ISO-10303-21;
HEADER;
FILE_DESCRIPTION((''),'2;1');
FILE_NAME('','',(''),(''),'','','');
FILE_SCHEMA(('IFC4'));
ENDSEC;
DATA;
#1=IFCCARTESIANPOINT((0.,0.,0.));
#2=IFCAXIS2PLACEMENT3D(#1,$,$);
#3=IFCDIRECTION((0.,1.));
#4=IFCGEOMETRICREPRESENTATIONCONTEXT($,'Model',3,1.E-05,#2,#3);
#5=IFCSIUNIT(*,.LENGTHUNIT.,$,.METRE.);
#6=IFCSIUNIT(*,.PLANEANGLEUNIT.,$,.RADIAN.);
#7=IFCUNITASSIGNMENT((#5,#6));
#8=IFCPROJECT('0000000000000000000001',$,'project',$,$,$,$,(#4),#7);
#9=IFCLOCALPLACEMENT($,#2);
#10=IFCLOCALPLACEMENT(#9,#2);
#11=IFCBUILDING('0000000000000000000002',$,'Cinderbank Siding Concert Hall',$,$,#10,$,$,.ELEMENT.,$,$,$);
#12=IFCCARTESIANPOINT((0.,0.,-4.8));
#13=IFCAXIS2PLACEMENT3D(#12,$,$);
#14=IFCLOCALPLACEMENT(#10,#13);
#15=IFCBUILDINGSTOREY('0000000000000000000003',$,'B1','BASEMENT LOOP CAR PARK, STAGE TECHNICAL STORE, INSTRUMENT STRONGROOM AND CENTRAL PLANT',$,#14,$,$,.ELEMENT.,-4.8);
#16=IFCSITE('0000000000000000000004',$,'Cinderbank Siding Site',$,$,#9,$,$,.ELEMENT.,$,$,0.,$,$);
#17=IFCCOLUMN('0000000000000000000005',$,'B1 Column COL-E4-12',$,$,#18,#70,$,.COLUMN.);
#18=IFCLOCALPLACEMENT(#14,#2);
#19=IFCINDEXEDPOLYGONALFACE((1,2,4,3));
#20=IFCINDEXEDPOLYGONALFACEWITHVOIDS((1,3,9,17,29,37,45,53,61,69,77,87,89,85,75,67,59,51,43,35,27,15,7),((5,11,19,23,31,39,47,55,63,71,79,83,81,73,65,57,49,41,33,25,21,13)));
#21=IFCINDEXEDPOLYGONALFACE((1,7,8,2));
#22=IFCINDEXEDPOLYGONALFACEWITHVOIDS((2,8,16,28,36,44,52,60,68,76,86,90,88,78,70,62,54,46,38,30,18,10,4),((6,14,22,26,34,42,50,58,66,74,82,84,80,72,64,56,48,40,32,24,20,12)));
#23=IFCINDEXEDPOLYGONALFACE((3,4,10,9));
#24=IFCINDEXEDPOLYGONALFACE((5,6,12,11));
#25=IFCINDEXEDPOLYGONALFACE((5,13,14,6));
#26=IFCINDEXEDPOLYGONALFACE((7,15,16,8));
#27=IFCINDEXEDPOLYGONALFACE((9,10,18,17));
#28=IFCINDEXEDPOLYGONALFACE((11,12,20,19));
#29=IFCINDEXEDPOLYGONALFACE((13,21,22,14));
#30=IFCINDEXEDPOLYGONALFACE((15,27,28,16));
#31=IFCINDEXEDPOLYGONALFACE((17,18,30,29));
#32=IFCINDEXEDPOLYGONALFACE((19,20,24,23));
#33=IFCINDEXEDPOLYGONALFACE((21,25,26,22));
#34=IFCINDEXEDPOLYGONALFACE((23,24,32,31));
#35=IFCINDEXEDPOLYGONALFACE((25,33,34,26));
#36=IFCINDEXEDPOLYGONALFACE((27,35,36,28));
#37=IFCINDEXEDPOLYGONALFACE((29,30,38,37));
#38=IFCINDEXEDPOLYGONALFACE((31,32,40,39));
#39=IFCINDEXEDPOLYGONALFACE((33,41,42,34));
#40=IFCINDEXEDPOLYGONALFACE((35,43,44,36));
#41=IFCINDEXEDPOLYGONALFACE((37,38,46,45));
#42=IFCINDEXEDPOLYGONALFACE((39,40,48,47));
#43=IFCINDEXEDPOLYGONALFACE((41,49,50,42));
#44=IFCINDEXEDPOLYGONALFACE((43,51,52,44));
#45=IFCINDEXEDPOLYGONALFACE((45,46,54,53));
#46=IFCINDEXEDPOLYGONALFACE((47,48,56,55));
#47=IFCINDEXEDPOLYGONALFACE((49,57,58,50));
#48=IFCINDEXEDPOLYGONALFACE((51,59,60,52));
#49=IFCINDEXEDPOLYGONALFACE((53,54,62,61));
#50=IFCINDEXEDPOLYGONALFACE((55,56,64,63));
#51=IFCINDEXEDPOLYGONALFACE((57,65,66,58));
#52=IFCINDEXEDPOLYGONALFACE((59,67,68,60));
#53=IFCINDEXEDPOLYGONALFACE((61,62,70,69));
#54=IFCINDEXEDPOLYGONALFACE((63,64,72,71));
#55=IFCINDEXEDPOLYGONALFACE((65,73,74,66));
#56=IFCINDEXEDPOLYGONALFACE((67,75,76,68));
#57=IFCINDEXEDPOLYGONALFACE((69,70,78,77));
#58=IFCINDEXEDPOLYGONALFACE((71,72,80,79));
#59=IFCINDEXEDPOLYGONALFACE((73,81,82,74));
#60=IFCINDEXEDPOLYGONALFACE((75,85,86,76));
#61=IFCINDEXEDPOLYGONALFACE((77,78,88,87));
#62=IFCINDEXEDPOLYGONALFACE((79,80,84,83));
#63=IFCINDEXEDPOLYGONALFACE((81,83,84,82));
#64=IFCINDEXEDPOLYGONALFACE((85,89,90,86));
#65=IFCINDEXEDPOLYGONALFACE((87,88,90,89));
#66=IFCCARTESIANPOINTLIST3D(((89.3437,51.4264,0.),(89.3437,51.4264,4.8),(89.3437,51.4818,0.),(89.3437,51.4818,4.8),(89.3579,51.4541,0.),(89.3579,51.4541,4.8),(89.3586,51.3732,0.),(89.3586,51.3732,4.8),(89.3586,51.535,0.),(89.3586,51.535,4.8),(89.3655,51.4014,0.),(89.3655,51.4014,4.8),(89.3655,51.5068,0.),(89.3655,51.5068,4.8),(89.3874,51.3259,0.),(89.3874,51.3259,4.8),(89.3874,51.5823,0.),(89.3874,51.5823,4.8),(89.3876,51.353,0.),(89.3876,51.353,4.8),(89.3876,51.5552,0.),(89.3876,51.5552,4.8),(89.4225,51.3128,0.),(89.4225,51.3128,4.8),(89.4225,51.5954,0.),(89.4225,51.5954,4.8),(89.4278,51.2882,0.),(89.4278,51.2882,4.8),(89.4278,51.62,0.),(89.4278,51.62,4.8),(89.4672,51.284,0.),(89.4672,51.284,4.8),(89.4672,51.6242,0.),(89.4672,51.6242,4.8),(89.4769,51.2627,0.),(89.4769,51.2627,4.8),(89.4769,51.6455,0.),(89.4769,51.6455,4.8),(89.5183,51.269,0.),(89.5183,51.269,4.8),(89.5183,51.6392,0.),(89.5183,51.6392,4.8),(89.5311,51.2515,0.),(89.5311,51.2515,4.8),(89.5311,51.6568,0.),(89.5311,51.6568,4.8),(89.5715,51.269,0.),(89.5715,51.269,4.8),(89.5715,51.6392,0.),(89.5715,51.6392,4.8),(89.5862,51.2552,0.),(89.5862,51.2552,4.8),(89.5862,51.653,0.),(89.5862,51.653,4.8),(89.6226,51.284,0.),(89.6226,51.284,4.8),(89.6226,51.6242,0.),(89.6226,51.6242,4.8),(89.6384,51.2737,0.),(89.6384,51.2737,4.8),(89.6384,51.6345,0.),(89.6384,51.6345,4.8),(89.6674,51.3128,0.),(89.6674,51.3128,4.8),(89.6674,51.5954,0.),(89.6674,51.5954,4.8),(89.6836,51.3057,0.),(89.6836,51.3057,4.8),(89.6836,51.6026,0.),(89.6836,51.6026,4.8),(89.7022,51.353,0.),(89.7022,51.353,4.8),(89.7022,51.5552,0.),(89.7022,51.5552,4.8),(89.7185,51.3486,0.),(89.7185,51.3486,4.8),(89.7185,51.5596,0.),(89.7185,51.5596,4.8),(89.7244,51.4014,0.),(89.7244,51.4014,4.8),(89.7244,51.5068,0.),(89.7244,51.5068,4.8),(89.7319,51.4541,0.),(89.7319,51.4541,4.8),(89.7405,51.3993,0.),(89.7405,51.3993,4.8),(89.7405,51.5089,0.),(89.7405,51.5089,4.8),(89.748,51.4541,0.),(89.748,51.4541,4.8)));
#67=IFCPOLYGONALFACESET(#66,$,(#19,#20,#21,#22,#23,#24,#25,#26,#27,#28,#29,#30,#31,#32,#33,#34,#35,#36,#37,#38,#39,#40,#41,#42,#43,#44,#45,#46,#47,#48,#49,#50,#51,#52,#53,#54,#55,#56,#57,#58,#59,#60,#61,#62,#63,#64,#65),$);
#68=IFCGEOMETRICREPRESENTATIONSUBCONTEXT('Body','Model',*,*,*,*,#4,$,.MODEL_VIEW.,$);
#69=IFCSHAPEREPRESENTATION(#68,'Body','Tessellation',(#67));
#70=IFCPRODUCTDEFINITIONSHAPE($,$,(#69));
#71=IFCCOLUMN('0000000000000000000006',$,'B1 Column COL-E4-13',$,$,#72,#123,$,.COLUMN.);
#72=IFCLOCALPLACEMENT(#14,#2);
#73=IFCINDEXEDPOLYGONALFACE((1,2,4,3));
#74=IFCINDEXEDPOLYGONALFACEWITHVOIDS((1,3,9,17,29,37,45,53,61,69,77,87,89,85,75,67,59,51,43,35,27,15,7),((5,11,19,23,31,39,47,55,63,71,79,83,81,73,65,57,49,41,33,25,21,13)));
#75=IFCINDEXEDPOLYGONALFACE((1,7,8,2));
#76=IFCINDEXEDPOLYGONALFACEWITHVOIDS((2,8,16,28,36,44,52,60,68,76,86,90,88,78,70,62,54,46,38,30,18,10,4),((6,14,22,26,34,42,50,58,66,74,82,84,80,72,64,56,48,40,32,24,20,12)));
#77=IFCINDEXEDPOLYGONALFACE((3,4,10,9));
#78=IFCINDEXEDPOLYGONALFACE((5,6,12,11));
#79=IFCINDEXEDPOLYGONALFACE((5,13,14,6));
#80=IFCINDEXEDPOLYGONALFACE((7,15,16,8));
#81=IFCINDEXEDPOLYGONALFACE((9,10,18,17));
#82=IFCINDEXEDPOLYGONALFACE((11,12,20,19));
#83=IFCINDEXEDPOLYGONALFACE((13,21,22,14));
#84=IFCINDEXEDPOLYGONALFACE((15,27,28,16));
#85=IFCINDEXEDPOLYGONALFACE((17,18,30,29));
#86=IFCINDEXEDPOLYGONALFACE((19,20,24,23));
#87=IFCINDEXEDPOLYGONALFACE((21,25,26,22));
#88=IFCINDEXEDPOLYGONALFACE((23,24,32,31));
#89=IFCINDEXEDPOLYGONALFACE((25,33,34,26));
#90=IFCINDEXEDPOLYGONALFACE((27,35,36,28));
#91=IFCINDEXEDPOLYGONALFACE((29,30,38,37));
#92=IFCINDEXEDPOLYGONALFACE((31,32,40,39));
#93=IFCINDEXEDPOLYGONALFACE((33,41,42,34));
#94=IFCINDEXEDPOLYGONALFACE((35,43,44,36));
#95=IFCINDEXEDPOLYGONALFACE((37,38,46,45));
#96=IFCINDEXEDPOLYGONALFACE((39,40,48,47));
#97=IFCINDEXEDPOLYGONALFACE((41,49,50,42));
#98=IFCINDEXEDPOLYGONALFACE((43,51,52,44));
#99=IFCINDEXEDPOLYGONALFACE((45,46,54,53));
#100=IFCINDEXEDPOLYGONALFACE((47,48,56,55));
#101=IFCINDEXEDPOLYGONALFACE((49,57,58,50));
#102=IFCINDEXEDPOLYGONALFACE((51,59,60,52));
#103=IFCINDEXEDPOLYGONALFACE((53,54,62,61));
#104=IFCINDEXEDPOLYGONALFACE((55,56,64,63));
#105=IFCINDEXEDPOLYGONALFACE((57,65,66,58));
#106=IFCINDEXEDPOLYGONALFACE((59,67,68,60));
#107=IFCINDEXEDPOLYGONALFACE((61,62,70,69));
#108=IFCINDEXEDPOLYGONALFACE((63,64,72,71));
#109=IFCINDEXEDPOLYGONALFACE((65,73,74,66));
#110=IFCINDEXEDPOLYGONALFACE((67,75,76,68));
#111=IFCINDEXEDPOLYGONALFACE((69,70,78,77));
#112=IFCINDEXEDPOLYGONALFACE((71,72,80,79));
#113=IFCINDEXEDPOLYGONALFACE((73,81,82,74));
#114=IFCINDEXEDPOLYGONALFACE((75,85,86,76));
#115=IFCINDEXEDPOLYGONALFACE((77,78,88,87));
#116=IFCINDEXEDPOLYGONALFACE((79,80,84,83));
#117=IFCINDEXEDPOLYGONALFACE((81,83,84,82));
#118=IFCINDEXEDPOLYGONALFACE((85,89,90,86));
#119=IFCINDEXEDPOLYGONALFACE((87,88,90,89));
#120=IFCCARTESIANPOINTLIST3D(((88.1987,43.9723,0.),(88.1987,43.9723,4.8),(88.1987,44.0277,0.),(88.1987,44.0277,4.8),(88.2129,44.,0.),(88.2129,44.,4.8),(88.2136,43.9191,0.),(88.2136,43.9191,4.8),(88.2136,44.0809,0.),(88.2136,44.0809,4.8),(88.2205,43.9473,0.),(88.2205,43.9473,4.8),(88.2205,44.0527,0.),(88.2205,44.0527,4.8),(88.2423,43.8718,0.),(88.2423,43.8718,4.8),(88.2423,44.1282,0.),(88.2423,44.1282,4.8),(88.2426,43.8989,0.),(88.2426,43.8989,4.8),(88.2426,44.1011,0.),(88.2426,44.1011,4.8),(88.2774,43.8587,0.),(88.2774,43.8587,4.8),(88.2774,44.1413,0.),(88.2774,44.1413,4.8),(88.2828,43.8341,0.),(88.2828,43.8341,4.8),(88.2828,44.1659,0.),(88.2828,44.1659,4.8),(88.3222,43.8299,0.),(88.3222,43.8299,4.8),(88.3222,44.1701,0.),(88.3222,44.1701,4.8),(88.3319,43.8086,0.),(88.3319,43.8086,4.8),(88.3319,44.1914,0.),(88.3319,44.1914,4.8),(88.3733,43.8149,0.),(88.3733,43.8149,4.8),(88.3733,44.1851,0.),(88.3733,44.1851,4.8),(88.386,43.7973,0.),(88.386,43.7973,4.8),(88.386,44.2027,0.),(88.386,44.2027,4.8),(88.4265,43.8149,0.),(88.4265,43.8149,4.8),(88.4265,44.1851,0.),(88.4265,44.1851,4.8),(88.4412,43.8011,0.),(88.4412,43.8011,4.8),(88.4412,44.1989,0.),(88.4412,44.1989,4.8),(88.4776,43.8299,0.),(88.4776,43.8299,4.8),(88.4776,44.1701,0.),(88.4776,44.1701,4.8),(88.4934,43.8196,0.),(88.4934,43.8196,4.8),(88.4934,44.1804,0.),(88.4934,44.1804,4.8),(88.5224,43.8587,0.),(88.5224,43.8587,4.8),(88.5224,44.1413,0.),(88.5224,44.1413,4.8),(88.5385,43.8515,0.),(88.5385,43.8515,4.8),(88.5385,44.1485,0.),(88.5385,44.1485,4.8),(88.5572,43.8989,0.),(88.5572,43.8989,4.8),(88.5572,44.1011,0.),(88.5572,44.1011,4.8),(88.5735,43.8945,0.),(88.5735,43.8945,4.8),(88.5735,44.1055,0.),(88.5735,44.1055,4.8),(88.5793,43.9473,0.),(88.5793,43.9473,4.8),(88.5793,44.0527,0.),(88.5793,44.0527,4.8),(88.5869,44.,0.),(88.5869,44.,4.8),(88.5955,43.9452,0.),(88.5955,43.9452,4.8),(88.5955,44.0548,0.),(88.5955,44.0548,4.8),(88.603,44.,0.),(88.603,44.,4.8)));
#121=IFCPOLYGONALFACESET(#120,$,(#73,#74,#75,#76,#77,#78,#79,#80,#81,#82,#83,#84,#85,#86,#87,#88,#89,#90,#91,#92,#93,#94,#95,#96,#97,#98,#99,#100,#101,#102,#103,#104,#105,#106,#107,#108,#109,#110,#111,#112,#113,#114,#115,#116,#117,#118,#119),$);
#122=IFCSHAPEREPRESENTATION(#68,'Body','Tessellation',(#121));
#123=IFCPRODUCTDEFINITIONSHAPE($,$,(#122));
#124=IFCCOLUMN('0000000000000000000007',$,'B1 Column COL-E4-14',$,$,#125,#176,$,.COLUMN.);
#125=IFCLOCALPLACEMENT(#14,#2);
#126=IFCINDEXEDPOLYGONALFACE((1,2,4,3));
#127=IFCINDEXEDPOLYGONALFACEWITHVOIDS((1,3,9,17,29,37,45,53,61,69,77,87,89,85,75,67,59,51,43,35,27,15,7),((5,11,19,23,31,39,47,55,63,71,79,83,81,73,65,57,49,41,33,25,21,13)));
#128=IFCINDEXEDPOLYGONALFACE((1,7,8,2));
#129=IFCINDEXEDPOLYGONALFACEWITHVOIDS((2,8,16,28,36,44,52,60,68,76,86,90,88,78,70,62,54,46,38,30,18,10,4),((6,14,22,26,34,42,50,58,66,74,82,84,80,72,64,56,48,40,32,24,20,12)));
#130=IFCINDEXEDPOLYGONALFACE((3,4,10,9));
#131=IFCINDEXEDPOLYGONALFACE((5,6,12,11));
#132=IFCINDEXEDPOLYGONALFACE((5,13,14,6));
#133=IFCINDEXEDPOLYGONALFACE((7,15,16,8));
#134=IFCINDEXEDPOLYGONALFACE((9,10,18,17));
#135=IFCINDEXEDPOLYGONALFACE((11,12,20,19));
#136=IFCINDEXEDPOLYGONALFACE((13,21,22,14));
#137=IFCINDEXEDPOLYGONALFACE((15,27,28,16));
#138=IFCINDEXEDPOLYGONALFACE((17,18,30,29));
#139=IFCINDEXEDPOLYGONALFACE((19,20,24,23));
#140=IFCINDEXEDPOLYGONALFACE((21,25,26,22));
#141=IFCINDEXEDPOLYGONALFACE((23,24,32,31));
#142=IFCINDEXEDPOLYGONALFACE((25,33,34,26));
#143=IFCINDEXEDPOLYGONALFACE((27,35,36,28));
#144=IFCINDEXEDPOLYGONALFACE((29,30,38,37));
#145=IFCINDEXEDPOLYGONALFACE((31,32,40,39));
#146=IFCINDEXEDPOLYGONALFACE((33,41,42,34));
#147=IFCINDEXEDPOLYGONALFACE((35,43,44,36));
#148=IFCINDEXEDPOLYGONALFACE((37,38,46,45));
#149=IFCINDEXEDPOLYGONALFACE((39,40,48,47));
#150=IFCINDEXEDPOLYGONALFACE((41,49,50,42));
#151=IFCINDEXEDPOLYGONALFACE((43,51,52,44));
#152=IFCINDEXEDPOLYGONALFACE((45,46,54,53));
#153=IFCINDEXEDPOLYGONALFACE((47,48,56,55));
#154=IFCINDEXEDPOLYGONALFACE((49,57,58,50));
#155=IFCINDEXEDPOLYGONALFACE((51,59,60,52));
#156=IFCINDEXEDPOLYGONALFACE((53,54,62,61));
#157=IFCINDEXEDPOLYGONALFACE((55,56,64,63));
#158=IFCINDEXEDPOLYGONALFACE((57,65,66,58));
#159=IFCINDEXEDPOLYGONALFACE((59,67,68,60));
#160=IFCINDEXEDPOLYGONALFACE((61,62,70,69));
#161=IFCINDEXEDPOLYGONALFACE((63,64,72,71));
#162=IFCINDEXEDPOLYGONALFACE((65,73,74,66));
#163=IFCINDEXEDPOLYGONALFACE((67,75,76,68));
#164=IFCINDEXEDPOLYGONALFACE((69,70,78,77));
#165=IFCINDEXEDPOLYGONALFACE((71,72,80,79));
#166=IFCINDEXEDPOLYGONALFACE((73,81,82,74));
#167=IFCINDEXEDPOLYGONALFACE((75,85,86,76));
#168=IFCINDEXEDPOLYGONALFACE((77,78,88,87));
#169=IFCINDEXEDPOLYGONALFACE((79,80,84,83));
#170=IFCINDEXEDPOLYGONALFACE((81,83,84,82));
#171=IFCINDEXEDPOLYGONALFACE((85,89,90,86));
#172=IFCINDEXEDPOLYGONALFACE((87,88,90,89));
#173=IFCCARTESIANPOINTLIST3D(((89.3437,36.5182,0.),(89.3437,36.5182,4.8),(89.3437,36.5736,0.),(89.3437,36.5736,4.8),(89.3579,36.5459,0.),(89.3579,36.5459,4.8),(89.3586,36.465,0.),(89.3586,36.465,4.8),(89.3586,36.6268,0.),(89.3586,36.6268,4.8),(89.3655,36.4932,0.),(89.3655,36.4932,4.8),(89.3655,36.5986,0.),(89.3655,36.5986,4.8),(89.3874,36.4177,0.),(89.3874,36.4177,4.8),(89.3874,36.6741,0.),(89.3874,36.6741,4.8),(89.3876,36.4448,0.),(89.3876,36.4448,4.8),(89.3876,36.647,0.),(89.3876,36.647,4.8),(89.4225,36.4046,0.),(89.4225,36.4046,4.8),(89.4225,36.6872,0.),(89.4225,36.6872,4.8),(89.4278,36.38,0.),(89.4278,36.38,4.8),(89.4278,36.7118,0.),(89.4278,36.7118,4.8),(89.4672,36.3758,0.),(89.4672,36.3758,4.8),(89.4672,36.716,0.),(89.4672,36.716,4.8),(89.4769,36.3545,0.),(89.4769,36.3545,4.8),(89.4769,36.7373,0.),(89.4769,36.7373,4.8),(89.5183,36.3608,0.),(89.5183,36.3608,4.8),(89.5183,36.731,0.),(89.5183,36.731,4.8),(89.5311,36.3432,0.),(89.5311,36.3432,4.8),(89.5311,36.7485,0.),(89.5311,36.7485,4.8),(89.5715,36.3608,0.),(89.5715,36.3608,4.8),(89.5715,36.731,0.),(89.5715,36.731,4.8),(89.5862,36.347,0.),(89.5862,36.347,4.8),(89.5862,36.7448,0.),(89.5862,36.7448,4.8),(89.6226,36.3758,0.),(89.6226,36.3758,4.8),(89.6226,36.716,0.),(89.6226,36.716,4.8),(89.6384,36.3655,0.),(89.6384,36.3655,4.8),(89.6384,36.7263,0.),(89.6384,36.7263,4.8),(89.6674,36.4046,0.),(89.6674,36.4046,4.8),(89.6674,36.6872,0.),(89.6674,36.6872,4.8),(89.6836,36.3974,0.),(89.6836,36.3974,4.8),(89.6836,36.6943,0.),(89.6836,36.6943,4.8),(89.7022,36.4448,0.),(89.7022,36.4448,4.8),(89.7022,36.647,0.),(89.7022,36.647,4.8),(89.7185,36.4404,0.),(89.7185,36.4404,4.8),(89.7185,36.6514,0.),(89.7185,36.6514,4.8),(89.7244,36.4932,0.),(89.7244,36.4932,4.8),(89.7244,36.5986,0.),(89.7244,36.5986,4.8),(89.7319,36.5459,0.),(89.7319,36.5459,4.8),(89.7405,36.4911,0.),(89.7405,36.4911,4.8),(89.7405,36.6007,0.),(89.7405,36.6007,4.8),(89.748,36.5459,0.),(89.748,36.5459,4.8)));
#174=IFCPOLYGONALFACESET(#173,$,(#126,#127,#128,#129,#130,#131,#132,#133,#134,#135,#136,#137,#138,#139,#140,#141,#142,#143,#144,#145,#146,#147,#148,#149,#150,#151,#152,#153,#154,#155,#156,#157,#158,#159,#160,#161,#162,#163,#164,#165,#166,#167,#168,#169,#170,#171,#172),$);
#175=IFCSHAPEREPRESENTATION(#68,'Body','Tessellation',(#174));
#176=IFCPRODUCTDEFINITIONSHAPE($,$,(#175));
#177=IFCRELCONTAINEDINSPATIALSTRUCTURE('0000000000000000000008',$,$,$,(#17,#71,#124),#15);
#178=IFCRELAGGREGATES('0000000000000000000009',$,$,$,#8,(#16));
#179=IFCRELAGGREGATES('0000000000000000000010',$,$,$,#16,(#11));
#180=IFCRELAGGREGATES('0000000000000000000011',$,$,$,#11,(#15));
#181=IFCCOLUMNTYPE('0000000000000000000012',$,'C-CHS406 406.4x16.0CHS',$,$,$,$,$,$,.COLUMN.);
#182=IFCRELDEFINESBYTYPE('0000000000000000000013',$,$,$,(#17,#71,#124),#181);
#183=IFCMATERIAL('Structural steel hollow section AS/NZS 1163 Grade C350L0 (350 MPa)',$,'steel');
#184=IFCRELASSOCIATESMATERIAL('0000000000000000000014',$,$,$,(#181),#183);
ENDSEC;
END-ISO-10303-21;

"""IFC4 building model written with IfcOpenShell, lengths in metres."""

from ifc_helpers import new_model, si_unit, direction, frame, origin, origin_2d, place, context, subcontext, project, spatial, hollow_circle, extrude, material, material_profile, profile_set, type_object, element, save


model = new_model("IFC4")

# Units and contexts
model_context = context("Model", 3, precision=1e-05, world=origin(), true_north=direction((0.0, 1.0)))
body_context = subcontext(model_context, "Body", "Model", "MODEL_VIEW")
ifc_project = project(units=[si_unit("LENGTHUNIT", "METRE"), si_unit("PLANEANGLEUNIT", "RADIAN")], contexts=[model_context])

# Site, building, storey
site_placement = place(None, origin())
site = spatial("IfcSite", under=ifc_project, at=site_placement, Name="Cinderbank Siding Site", CompositionType="ELEMENT", RefElevation=0.0)
building_placement = place(site_placement, origin())
building = spatial("IfcBuilding", under=site, at=building_placement, Name="Cinderbank Siding Concert Hall", CompositionType="ELEMENT")
storey_placement = place(building_placement, frame((0.0, 0.0, -4.8)))
storey = spatial("IfcBuildingStorey", under=building, at=storey_placement, Name="B1", Description="BASEMENT LOOP CAR PARK, STAGE TECHNICAL STORE, INSTRUMENT STRONGROOM AND CENTRAL PLANT", CompositionType="ELEMENT", Elevation=-4.8)

# Columns
ifc_material_1 = material(Name="Structural steel hollow section AS/NZS 1163 Grade C350L0 (350 MPa)", Category="steel")
ifc_material_profile_1 = material_profile(ifc_material_1, hollow_circle(Radius=0.2031, WallThickness=0.0161, at=origin_2d()), Name="406.4x16.0CHS", Category="LoadBearing")
ifc_profile_set_1 = profile_set([ifc_material_profile_1], Name="Structural steel hollow section AS/NZS 1163 Grade C350L0 (350 MPa)")
column_type_1 = type_object("IfcColumnType", Name="C-CHS406 406.4x16.0CHS", PredefinedType="COLUMN", material=ifc_profile_set_1)
for number, where, z_axis, x_axis, name in (
    (1, (89.5449, 51.4541, 0.0), (0.0, 0.0, 1.0), (1.0, 0.0, 0.0), "B1 Column COL-E4-12"),
    (2, (88.3999, 44.0, 0.0), (0.0, 0.0, 1.0), (1.0, 0.0, 0.0), "B1 Column COL-E4-13"),
    (3, (89.5449, 36.5459, 0.0), (0.0, 0.0, 1.0), (1.0, 0.0, 0.0), "B1 Column COL-E4-14"),
):
    element("IfcColumn", number, at=place(storey_placement, frame(where, z_axis=z_axis, x_axis=x_axis)), inside=storey, type_object=column_type_1, Name=name, PredefinedType="COLUMN", context=body_context, shape_type="SweptSolid", body=[
        extrude(hollow_circle(Radius=0.2031, WallThickness=0.0161, at=origin_2d()), origin(), (0.0, 0.0, 1.0), 4.8),
    ])

save(model, "model.ifc")
